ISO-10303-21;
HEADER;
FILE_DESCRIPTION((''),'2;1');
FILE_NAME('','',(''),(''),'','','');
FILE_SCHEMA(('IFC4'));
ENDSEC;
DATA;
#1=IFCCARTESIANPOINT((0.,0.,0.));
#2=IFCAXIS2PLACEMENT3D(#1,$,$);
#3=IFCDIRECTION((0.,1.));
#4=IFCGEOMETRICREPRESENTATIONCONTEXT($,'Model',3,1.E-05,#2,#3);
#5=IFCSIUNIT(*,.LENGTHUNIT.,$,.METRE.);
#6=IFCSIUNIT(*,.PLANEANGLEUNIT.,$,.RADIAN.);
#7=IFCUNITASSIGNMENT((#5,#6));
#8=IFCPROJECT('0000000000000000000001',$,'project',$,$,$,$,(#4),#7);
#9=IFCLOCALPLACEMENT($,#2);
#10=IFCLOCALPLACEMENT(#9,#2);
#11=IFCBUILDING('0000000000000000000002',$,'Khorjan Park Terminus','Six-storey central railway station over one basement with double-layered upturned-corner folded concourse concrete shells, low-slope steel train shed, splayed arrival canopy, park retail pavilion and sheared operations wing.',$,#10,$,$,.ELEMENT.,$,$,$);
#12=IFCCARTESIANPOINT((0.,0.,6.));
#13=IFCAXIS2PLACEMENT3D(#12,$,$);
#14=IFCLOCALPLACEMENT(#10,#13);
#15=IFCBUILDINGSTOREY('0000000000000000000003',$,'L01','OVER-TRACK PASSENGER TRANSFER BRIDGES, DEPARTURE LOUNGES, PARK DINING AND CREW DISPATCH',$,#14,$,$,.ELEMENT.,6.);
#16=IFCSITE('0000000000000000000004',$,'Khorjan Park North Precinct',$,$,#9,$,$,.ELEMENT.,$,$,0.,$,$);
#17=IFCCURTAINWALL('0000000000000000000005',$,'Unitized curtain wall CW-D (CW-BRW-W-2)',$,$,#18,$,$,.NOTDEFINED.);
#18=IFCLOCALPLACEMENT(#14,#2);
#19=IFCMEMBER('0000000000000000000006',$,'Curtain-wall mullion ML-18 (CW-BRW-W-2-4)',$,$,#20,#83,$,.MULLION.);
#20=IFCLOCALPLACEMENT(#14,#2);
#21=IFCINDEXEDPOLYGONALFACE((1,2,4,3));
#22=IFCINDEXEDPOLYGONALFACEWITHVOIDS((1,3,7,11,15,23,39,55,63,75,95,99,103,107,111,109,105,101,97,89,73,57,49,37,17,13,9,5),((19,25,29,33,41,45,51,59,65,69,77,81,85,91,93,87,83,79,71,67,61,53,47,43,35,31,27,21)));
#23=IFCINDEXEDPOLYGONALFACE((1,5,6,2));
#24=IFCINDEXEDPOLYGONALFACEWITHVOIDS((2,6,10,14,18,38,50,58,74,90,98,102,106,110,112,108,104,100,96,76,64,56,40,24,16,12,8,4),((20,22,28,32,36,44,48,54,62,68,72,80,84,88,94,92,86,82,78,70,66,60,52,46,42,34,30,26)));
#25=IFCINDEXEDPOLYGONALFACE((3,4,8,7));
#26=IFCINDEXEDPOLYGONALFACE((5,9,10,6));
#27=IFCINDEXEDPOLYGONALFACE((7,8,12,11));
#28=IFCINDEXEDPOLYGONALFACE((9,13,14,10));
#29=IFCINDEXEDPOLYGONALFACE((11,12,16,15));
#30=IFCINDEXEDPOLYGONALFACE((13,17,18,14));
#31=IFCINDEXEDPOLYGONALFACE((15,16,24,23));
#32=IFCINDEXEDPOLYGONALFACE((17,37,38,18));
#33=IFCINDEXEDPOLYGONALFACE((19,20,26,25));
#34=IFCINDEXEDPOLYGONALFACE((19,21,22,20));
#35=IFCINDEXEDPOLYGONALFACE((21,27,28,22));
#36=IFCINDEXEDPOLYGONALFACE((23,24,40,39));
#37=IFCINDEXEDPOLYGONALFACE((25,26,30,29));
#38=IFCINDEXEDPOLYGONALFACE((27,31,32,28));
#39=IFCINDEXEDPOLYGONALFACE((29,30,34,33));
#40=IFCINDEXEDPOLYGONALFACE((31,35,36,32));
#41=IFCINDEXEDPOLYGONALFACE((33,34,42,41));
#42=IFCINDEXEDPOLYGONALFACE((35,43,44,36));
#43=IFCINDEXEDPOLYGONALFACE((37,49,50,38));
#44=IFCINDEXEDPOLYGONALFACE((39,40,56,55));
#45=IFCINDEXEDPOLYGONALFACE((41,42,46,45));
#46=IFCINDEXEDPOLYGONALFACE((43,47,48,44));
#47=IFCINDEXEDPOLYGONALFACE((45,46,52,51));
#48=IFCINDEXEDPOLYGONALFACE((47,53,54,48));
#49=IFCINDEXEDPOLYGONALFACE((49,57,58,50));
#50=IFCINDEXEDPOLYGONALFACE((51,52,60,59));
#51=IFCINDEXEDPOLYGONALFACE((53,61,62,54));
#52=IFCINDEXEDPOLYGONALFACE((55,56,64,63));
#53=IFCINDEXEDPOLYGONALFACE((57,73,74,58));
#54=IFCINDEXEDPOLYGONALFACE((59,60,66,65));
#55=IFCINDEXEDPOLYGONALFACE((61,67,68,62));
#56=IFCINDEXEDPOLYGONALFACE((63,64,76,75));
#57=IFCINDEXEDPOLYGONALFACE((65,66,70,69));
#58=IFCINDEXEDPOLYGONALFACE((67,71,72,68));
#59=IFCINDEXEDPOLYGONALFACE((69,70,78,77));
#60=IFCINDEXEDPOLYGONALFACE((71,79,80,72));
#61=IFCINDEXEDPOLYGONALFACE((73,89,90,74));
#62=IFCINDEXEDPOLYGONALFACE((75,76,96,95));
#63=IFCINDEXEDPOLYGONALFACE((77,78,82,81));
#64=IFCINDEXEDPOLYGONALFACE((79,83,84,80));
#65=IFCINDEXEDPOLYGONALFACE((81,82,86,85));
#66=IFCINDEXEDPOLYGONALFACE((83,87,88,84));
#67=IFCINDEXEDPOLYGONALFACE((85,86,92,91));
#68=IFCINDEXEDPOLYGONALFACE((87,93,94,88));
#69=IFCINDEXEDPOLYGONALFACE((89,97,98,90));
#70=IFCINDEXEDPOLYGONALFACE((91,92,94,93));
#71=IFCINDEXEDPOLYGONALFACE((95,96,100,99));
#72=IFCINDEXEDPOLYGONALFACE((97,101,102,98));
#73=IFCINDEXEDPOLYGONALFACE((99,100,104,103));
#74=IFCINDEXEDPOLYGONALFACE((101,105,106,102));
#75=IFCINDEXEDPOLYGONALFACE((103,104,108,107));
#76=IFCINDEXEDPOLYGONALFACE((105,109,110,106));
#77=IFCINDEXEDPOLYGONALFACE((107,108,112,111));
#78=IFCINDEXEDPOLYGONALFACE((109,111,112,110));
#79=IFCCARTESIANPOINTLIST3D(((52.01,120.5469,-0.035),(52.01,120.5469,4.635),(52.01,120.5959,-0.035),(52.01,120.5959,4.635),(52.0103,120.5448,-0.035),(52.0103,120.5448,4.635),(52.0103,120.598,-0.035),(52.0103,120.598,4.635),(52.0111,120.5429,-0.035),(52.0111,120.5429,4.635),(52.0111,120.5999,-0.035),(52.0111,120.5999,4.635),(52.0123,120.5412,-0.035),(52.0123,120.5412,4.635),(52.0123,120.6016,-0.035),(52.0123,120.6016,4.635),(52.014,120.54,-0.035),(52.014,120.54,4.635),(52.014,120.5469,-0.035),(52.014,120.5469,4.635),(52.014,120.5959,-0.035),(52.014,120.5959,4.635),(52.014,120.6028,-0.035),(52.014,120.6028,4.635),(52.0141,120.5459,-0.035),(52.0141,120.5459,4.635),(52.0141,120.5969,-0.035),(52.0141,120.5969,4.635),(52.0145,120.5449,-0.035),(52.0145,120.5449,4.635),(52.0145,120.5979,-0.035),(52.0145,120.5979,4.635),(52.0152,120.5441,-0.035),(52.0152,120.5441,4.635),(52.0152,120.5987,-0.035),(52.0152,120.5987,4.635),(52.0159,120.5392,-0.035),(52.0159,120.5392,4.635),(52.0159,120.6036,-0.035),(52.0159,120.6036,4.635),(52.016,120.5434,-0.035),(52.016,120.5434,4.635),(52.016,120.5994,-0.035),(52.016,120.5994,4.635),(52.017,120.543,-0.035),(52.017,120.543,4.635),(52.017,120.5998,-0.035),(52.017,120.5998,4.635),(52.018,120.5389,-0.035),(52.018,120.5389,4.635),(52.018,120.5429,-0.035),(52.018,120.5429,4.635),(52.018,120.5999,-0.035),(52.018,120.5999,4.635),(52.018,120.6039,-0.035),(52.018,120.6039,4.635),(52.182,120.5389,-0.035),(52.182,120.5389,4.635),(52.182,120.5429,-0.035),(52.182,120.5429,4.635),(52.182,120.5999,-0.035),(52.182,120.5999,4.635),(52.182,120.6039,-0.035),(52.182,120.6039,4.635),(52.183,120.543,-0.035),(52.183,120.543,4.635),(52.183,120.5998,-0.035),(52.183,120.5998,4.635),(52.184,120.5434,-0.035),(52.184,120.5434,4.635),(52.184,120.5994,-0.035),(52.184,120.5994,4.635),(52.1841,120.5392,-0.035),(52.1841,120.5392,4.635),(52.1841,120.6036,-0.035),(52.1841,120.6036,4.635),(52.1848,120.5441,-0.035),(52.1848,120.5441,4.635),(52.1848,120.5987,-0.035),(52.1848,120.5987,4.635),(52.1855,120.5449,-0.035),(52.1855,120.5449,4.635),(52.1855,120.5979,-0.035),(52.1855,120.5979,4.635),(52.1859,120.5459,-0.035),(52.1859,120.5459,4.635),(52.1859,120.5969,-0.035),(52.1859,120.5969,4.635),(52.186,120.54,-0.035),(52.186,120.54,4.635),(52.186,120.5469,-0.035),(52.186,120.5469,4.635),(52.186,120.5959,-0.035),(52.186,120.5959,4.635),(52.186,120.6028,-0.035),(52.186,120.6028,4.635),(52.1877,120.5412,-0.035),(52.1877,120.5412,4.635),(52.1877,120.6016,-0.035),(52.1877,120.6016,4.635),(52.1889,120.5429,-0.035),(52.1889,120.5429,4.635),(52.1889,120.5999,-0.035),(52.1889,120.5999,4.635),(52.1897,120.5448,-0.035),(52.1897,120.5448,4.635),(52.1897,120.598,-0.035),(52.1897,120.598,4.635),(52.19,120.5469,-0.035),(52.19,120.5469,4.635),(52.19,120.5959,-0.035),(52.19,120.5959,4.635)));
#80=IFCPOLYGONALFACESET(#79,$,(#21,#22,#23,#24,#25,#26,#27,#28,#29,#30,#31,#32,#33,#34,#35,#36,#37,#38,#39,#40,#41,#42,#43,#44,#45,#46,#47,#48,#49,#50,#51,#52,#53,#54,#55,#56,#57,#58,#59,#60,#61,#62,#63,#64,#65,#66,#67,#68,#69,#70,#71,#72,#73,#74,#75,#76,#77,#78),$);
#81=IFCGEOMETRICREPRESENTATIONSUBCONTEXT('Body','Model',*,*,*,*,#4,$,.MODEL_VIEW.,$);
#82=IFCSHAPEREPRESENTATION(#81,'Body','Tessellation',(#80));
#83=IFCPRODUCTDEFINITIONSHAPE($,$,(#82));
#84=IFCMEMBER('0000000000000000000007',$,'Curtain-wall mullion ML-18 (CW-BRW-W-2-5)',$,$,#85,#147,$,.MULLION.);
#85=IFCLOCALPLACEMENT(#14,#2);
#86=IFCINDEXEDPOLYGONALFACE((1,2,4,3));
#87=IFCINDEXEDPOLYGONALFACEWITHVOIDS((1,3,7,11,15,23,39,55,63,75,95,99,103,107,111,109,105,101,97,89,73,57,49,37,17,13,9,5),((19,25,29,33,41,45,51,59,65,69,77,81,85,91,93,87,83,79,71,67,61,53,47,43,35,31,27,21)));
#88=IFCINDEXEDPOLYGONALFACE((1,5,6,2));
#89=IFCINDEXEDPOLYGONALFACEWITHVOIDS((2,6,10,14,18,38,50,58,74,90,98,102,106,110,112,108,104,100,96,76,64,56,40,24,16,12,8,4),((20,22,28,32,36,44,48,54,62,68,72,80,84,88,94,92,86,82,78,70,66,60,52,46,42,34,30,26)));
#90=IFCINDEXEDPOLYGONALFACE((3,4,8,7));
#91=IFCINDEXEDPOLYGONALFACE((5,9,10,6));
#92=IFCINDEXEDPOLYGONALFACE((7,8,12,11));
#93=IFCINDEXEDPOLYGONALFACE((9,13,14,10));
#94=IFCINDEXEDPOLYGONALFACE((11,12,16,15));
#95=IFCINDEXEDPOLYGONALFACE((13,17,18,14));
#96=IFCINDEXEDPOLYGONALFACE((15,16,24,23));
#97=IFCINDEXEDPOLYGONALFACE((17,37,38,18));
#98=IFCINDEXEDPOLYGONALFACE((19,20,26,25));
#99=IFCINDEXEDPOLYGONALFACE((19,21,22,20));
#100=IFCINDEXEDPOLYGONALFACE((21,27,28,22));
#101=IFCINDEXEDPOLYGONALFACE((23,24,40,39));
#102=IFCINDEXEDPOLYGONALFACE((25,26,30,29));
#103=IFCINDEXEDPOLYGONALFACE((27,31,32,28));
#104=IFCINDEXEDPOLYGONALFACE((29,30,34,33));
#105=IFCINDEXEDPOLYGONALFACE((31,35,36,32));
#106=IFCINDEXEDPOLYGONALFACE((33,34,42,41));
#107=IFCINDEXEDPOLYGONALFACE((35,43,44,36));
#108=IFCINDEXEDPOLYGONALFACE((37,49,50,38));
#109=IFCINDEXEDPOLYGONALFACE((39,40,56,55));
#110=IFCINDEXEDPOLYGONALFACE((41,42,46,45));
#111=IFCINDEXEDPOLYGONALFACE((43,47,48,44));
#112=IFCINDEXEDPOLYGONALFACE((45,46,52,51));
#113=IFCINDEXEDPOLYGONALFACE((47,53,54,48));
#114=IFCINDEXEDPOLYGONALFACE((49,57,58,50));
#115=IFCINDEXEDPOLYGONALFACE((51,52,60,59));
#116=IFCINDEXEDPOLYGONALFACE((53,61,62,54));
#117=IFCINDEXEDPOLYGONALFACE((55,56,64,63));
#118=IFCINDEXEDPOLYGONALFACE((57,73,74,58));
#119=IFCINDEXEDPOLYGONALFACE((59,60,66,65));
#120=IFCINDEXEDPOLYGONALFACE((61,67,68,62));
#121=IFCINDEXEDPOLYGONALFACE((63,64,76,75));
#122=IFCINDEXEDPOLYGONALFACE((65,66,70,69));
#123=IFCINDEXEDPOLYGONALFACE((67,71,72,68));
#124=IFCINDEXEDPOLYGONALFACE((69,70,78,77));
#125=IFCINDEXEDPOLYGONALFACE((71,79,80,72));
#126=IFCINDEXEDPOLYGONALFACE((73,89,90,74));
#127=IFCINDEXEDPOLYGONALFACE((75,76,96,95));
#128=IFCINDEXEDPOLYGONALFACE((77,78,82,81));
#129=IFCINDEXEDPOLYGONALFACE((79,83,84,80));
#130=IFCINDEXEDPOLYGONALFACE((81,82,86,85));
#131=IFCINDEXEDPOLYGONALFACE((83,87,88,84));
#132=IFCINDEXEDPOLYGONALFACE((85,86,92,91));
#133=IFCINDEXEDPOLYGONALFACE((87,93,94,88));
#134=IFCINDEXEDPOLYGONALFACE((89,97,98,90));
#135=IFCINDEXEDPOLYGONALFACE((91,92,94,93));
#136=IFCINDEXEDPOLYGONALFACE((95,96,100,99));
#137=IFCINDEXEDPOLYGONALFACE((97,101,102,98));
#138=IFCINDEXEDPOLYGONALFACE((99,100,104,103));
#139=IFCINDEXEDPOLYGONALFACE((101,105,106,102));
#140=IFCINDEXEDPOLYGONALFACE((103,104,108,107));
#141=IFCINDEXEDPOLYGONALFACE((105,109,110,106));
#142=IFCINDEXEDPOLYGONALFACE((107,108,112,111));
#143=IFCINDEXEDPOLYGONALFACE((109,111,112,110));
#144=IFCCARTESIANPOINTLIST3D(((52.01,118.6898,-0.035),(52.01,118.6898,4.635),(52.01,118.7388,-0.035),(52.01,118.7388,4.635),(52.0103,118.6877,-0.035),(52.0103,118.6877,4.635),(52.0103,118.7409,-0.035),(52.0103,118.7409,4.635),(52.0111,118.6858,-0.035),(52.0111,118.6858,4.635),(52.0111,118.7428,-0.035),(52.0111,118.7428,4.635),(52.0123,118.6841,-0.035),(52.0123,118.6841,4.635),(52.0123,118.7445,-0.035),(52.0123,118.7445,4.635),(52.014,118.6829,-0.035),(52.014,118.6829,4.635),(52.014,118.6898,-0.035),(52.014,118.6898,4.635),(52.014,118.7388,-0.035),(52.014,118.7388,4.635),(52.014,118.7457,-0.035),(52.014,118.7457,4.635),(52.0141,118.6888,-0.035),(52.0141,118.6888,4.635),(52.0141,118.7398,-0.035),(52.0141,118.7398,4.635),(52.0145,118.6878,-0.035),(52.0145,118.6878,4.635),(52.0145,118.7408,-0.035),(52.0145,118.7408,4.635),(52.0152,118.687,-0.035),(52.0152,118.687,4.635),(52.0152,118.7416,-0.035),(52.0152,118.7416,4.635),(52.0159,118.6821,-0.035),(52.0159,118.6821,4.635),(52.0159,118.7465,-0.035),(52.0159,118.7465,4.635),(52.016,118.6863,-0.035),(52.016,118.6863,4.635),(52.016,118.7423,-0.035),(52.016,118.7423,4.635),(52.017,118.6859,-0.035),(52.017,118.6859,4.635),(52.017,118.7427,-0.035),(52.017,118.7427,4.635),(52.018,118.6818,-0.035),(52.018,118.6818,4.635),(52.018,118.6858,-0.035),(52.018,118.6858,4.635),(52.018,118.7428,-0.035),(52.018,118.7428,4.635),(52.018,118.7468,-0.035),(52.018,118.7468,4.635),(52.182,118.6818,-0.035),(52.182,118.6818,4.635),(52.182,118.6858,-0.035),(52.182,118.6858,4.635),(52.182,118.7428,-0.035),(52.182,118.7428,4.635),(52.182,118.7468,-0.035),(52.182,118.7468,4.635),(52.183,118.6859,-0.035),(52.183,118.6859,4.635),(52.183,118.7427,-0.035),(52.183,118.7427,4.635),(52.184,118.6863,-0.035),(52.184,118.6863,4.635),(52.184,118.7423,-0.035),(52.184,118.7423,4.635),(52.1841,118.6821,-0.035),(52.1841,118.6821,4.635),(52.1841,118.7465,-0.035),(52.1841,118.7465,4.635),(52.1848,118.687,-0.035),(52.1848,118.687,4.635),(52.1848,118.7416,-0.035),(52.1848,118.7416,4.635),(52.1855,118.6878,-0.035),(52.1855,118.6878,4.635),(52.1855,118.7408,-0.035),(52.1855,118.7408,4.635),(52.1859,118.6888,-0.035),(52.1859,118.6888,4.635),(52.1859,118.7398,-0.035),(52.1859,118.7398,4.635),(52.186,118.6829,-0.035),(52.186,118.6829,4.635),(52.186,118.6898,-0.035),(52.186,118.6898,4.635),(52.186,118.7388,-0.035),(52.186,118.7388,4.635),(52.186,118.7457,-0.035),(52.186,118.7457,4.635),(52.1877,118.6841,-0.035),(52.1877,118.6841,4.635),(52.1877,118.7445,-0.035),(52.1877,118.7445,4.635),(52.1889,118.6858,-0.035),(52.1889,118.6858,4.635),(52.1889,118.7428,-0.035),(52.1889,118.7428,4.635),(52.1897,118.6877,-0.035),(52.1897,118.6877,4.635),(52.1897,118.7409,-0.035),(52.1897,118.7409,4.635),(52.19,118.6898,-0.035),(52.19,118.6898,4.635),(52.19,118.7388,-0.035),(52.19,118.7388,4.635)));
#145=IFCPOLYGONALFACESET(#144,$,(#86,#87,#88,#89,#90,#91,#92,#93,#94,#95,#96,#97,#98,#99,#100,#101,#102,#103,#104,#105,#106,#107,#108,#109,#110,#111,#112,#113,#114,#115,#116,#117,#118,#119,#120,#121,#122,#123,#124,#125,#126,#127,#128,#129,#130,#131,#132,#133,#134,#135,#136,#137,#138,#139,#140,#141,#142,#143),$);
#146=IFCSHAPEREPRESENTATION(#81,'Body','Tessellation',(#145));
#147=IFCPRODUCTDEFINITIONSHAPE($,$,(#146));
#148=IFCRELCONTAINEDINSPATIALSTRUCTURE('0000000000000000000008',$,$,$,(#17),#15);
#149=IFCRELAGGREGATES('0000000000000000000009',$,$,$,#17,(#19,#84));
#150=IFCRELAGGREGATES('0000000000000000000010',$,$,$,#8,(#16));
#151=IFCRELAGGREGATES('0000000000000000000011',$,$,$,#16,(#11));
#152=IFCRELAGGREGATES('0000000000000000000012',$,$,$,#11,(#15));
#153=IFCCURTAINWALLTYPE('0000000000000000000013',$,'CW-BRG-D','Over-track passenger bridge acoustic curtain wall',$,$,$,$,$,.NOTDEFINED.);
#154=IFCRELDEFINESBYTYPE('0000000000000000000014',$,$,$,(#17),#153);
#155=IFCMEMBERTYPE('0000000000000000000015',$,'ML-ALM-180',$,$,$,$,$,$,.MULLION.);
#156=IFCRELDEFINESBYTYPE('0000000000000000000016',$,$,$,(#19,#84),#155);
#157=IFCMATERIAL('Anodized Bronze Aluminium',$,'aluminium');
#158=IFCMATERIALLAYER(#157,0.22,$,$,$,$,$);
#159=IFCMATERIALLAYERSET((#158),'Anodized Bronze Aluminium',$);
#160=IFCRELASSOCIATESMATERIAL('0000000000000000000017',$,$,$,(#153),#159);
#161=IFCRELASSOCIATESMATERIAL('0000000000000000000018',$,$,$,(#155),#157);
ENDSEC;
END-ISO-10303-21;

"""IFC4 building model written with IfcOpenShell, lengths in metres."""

from ifc_helpers import new_model, si_unit, direction, frame, origin, origin_2d, place, context, subcontext, project, spatial, hollow_rectangle, extrude, material, layer, layer_set, material_profile, profile_set, type_object, element, aggregate, save


model = new_model("IFC4")

# Units and contexts
model_context = context("Model", 3, precision=1e-05, world=origin(), true_north=direction((0.0, 1.0)))
body_context = subcontext(model_context, "Body", "Model", "MODEL_VIEW")
ifc_project = project(units=[si_unit("LENGTHUNIT", "METRE"), si_unit("PLANEANGLEUNIT", "RADIAN")], contexts=[model_context])

# Site, building, storey
site_placement = place(None, origin())
site = spatial("IfcSite", under=ifc_project, at=site_placement, Name="Khorjan Park North Precinct", CompositionType="ELEMENT", RefElevation=0.0)
building_placement = place(site_placement, origin())
building = spatial("IfcBuilding", under=site, at=building_placement, Name="Khorjan Park Terminus", Description="Six-storey central railway station over one basement with double-layered upturned-corner folded concourse concrete shells, low-slope steel train shed, splayed arrival canopy, park retail pavilion and sheared operations wing.", CompositionType="ELEMENT")
storey_placement = place(building_placement, frame((0.0, 0.0, 6.0)))
storey = spatial("IfcBuildingStorey", under=building, at=storey_placement, Name="L01", Description="OVER-TRACK PASSENGER TRANSFER BRIDGES, DEPARTURE LOUNGES, PARK DINING AND CREW DISPATCH", CompositionType="ELEMENT", Elevation=6.0)

# Curtain wall, members
ifc_material_1 = material(Name="Anodized Bronze Aluminium", Category="aluminium")
ifc_layer_1 = layer(ifc_material_1, 0.22)
ifc_layer_set_1 = layer_set([ifc_layer_1], Name="Anodized Bronze Aluminium")
curtain_wall_type = type_object("IfcCurtainWallType", Name="CW-BRG-D", Description="Over-track passenger bridge acoustic curtain wall", PredefinedType="NOTDEFINED", material=ifc_layer_set_1)
curtain_wall_placement = place(storey_placement, origin())
curtain_wall = element("IfcCurtainWall", 1, at=curtain_wall_placement, inside=storey, type_object=curtain_wall_type, Name="Unitized curtain wall CW-D (CW-BRW-W-2)", PredefinedType="NOTDEFINED")
ifc_material_profile_1 = material_profile(ifc_material_1, hollow_rectangle(XDim=0.065, YDim=0.18, WallThickness=0.004, InnerFilletRadius=0.004, OuterFilletRadius=0.008, at=origin_2d()), Name="ALM 65x180x4")
ifc_profile_set_1 = profile_set([ifc_material_profile_1], Name="Anodized Bronze Aluminium")
member_type_1 = type_object("IfcMemberType", Name="ML-ALM-180", PredefinedType="MULLION", material=ifc_profile_set_1)
member_1_placement = place(storey_placement, frame((52.1, 120.5714, -0.035), z_axis=(0.0, 0.0, 1.0), x_axis=(0.0, -1.0, 0.0)))
member_1 = element("IfcMember", 2, at=member_1_placement, type_object=member_type_1, Name="Curtain-wall mullion ML-18 (CW-BRW-W-2-4)", PredefinedType="MULLION", context=body_context, shape_type="SweptSolid", body=[
    extrude(hollow_rectangle(XDim=0.065, YDim=0.18, WallThickness=0.004, InnerFilletRadius=0.004, OuterFilletRadius=0.008, at=origin_2d()), origin(), (0.0, 0.0, 1.0), 4.67),
])
member_2_placement = place(storey_placement, frame((52.1, 118.7143, -0.035), z_axis=(0.0, 0.0, 1.0), x_axis=(0.0, -1.0, 0.0)))
member_2 = element("IfcMember", 3, at=member_2_placement, type_object=member_type_1, Name="Curtain-wall mullion ML-18 (CW-BRW-W-2-5)", PredefinedType="MULLION", context=body_context, shape_type="SweptSolid", body=[
    extrude(hollow_rectangle(XDim=0.065, YDim=0.18, WallThickness=0.004, InnerFilletRadius=0.004, OuterFilletRadius=0.008, at=origin_2d()), origin(), (0.0, 0.0, 1.0), 4.67),
])
aggregate(curtain_wall, [member_1, member_2])

save(model, "model.ifc")
